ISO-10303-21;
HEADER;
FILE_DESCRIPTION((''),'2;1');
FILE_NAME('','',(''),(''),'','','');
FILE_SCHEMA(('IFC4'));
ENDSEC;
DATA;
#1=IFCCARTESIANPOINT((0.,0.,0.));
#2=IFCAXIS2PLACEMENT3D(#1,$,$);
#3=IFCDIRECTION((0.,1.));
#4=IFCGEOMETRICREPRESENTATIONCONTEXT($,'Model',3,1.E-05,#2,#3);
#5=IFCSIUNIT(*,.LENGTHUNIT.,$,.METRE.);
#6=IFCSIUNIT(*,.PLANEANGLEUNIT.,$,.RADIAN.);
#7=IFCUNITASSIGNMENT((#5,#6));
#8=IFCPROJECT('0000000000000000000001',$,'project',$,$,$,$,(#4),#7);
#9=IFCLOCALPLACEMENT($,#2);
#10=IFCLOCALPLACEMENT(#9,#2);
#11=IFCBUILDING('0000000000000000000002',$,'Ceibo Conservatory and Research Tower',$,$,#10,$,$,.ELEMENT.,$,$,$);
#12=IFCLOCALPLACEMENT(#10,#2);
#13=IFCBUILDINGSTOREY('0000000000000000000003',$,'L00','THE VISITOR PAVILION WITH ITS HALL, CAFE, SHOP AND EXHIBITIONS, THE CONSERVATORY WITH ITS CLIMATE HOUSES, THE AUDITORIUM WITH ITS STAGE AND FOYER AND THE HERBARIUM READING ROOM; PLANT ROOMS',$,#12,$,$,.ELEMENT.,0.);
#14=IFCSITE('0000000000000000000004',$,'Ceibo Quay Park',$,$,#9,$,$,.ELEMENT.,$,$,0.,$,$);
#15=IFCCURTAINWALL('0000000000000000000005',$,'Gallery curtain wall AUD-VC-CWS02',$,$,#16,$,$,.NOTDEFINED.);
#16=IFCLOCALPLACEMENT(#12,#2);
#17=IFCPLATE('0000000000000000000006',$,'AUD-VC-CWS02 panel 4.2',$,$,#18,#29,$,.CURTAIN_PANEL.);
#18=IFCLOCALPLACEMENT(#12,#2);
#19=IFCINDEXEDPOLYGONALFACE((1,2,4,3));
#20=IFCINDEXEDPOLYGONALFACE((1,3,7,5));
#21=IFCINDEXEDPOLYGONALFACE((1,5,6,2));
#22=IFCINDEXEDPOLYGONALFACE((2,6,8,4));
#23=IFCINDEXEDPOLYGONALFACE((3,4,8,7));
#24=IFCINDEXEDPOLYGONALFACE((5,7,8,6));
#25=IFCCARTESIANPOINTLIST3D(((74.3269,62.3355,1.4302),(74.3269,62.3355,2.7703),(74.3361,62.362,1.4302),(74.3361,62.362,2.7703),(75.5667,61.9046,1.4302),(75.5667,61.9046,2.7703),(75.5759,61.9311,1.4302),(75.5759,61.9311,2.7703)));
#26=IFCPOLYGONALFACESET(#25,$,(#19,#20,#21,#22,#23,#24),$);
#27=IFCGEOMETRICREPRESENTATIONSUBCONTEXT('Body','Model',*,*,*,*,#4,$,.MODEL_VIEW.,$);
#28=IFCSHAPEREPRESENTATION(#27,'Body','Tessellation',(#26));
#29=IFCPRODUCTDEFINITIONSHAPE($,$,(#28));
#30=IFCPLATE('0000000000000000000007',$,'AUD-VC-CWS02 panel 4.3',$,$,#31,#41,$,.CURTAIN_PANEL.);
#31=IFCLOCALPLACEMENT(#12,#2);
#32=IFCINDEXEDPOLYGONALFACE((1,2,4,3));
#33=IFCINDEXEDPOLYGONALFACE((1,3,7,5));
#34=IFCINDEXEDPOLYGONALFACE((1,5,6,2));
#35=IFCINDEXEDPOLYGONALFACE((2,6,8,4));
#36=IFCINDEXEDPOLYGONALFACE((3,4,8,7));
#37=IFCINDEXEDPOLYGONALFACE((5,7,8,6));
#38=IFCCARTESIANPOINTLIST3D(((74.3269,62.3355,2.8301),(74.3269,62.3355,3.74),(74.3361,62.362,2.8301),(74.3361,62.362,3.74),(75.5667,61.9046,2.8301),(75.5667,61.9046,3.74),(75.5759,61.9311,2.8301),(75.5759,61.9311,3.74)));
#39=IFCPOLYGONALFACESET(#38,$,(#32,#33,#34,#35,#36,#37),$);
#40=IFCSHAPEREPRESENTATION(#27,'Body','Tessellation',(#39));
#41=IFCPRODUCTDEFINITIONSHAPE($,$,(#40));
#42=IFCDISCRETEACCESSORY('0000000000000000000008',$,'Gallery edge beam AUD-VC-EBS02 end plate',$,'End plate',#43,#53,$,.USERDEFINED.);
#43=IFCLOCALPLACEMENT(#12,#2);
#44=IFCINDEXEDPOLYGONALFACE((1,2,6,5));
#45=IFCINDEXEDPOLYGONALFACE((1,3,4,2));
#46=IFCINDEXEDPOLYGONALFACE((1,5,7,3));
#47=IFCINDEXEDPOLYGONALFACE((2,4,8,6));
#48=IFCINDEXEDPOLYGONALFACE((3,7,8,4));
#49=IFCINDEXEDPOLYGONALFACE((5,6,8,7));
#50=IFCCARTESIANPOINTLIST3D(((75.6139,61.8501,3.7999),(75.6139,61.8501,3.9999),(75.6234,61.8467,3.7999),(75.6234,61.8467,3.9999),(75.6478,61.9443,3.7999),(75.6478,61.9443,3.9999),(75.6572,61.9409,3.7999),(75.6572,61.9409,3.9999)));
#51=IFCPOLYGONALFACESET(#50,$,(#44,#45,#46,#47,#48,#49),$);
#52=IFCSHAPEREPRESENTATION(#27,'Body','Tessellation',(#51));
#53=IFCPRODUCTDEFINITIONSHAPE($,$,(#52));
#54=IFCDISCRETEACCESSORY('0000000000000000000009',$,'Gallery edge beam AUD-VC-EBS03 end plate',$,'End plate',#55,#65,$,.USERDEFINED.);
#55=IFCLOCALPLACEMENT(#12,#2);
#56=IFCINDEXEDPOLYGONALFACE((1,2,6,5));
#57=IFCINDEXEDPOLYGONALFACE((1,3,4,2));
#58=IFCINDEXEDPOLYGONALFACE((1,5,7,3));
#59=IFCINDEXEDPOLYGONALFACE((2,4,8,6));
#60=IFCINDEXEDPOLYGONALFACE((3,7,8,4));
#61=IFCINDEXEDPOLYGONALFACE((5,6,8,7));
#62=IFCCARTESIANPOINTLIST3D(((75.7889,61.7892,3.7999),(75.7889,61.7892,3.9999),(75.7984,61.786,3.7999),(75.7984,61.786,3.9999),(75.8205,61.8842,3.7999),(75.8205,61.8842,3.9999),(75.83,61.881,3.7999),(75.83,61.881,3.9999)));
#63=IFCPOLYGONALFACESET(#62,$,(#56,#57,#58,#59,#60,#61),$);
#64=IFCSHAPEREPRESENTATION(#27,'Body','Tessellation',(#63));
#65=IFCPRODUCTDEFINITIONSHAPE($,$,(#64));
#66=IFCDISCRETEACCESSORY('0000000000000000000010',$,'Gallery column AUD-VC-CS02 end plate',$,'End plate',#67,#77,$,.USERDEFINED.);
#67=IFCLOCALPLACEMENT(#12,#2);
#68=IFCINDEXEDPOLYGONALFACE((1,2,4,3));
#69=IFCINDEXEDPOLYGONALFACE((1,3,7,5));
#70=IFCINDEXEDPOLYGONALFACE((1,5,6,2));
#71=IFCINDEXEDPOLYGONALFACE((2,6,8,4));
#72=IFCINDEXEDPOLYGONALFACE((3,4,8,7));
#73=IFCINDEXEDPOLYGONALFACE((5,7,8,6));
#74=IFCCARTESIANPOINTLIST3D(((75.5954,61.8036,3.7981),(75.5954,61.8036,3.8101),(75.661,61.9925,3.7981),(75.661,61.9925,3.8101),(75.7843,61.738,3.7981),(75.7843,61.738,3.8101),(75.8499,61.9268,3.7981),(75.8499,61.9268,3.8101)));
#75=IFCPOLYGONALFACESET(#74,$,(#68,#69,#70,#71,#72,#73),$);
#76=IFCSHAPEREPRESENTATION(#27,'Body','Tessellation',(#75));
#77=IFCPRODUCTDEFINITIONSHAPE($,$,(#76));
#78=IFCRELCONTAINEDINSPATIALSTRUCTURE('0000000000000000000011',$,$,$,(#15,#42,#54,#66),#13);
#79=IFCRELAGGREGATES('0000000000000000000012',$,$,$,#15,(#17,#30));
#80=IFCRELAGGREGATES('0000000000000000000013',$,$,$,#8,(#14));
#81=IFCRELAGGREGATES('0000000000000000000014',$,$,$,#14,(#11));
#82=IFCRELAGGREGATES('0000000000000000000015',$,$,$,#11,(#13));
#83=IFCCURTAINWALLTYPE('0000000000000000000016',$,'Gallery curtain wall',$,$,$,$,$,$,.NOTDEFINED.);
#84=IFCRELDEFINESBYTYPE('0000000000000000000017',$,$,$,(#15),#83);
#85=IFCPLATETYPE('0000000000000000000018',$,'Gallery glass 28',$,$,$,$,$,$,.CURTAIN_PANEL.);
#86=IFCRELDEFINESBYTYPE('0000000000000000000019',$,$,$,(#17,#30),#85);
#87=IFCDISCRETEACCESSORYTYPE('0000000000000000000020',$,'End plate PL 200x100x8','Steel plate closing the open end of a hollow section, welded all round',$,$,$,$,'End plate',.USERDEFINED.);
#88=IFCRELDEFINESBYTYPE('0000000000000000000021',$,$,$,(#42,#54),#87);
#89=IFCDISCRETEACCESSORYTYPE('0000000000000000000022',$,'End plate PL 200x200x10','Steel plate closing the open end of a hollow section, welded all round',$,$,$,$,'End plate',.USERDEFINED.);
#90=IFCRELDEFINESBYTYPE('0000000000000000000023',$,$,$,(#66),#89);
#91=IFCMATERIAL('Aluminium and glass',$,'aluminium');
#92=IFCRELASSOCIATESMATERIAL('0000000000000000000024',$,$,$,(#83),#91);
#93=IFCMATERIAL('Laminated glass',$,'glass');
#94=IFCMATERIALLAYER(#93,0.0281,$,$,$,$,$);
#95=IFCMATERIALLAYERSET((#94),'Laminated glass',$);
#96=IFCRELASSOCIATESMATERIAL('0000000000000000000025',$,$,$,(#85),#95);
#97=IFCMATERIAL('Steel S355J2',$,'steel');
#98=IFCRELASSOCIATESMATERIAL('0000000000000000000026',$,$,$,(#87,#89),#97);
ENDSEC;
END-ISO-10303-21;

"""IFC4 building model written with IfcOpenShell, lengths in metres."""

from ifc_helpers import new_model, si_unit, direction, frame, origin, origin_2d, place, context, subcontext, project, spatial, rectangle, extrude, material, layer, layer_set, material_profile, profile_set, type_object, element, aggregate, save


model = new_model("IFC4")

# Units and contexts
model_context = context("Model", 3, precision=1e-05, world=origin(), true_north=direction((0.0, 1.0)))
body_context = subcontext(model_context, "Body", "Model", "MODEL_VIEW")
ifc_project = project(units=[si_unit("LENGTHUNIT", "METRE"), si_unit("PLANEANGLEUNIT", "RADIAN")], contexts=[model_context])

# Site, building, storey
site_placement = place(None, origin())
site = spatial("IfcSite", under=ifc_project, at=site_placement, Name="Ceibo Quay Park", CompositionType="ELEMENT", RefElevation=0.0)
building_placement = place(site_placement, origin())
building = spatial("IfcBuilding", under=site, at=building_placement, Name="Ceibo Conservatory and Research Tower", CompositionType="ELEMENT")
storey_placement = place(building_placement, origin())
storey = spatial("IfcBuildingStorey", under=building, at=storey_placement, Name="L00", Description="THE VISITOR PAVILION WITH ITS HALL, CAFE, SHOP AND EXHIBITIONS, THE CONSERVATORY WITH ITS CLIMATE HOUSES, THE AUDITORIUM WITH ITS STAGE AND FOYER AND THE HERBARIUM READING ROOM; PLANT ROOMS", CompositionType="ELEMENT", Elevation=0.0)

# Curtain wall
ifc_material_1 = material(Name="Aluminium and glass", Category="aluminium")
curtain_wall_type = type_object("IfcCurtainWallType", Name="Gallery curtain wall", PredefinedType="NOTDEFINED", material=ifc_material_1)
curtain_wall_1_placement = place(storey_placement, origin())
curtain_wall_1 = element("IfcCurtainWall", 1, at=curtain_wall_1_placement, inside=storey, type_object=curtain_wall_type, Name="Gallery curtain wall AUD-VC-CWS02", PredefinedType="NOTDEFINED")

# Plates
ifc_material_2 = material(Name="Laminated glass", Category="glass")
ifc_layer = layer(ifc_material_2, 0.0281)
ifc_layer_set = layer_set([ifc_layer], Name="Laminated glass")
plate_type = type_object("IfcPlateType", Name="Gallery glass 28", PredefinedType="CURTAIN_PANEL", material=ifc_layer_set)
plate_1_placement = place(storey_placement, frame((74.9514, 62.1333, 1.4302), z_axis=(0.0, 0.0, 1.0), x_axis=(0.944579, -0.328284, 0.0)))
plate_1 = element("IfcPlate", 2, at=plate_1_placement, type_object=plate_type, Name="AUD-VC-CWS02 panel 4.2", PredefinedType="CURTAIN_PANEL", context=body_context, shape_type="SweptSolid", body=[
    extrude(rectangle(XDim=1.3125, YDim=0.0281, at=origin_2d()), origin(), (0.0, 0.0, 1.0), 1.3401),
])
plate_2_placement = place(storey_placement, frame((74.9514, 62.1333, 2.8301), z_axis=(0.0, 0.0, 1.0), x_axis=(0.944579, -0.328284, 0.0)))
plate_2 = element("IfcPlate", 3, at=plate_2_placement, type_object=plate_type, Name="AUD-VC-CWS02 panel 4.3", PredefinedType="CURTAIN_PANEL", context=body_context, shape_type="SweptSolid", body=[
    extrude(rectangle(XDim=1.3125, YDim=0.0281, at=origin_2d()), origin(), (0.0, 0.0, 1.0), 0.9099),
])
aggregate(curtain_wall_1, [plate_1, plate_2])

# Discrete accessories
ifc_material_3 = material(Name="Steel S355J2", Category="steel")
ifc_material_profile_1 = material_profile(ifc_material_3, rectangle(XDim=0.1001, YDim=0.2, at=origin_2d()), Name="End plate PL 200x100x8")
ifc_profile_set_1 = profile_set([ifc_material_profile_1], Name="Steel S355J2")
discrete_accessory_type_1 = type_object("IfcDiscreteAccessoryType", Name="End plate PL 200x100x8", Description="Steel plate closing the open end of a hollow section, welded all round", ElementType="End plate", PredefinedType="USERDEFINED", material=ifc_profile_set_1)
for number, where, z_axis, x_axis, name in (
    (4, (75.6309, 61.8972, 3.8999), (0.941195, -0.337865, 0.0), (0.337865, 0.941195, 0.0), "Gallery edge beam AUD-VC-EBS02 end plate"),
    (5, (75.8047, 61.8367, 3.8999), (0.948683, -0.316228, 0.0), (0.316228, 0.948683, 0.0), "Gallery edge beam AUD-VC-EBS03 end plate"),
):
    element("IfcDiscreteAccessory", number, at=place(storey_placement, frame(where, z_axis=z_axis, x_axis=x_axis)), inside=storey, type_object=discrete_accessory_type_1, Name=name, ObjectType="End plate", PredefinedType="USERDEFINED", context=body_context, shape_type="SweptSolid", body=[
        extrude(rectangle(XDim=0.1001, YDim=0.2, at=origin_2d()), origin(), (0.0, 0.0, 1.0), 0.01),
    ])
ifc_material_profile_2 = material_profile(ifc_material_3, rectangle(XDim=0.2, YDim=0.2, at=origin_2d()), Name="End plate PL 200x200x10")
ifc_profile_set_2 = profile_set([ifc_material_profile_2], Name="Steel S355J2")
discrete_accessory_type_2 = type_object("IfcDiscreteAccessoryType", Name="End plate PL 200x200x10", Description="Steel plate closing the open end of a hollow section, welded all round", ElementType="End plate", PredefinedType="USERDEFINED", material=ifc_profile_set_2)
discrete_accessory_placement = place(storey_placement, frame((75.7227, 61.8652, 3.7981), z_axis=(0.0, 0.0, 1.0), x_axis=(0.944579, -0.328284, 0.0)))
element("IfcDiscreteAccessory", 6, at=discrete_accessory_placement, inside=storey, type_object=discrete_accessory_type_2, Name="Gallery column AUD-VC-CS02 end plate", ObjectType="End plate", PredefinedType="USERDEFINED", context=body_context, shape_type="SweptSolid", body=[
    extrude(rectangle(XDim=0.2, YDim=0.2, at=origin_2d()), origin(), (0.0, 0.0, 1.0), 0.012),
])

save(model, "model.ifc")
